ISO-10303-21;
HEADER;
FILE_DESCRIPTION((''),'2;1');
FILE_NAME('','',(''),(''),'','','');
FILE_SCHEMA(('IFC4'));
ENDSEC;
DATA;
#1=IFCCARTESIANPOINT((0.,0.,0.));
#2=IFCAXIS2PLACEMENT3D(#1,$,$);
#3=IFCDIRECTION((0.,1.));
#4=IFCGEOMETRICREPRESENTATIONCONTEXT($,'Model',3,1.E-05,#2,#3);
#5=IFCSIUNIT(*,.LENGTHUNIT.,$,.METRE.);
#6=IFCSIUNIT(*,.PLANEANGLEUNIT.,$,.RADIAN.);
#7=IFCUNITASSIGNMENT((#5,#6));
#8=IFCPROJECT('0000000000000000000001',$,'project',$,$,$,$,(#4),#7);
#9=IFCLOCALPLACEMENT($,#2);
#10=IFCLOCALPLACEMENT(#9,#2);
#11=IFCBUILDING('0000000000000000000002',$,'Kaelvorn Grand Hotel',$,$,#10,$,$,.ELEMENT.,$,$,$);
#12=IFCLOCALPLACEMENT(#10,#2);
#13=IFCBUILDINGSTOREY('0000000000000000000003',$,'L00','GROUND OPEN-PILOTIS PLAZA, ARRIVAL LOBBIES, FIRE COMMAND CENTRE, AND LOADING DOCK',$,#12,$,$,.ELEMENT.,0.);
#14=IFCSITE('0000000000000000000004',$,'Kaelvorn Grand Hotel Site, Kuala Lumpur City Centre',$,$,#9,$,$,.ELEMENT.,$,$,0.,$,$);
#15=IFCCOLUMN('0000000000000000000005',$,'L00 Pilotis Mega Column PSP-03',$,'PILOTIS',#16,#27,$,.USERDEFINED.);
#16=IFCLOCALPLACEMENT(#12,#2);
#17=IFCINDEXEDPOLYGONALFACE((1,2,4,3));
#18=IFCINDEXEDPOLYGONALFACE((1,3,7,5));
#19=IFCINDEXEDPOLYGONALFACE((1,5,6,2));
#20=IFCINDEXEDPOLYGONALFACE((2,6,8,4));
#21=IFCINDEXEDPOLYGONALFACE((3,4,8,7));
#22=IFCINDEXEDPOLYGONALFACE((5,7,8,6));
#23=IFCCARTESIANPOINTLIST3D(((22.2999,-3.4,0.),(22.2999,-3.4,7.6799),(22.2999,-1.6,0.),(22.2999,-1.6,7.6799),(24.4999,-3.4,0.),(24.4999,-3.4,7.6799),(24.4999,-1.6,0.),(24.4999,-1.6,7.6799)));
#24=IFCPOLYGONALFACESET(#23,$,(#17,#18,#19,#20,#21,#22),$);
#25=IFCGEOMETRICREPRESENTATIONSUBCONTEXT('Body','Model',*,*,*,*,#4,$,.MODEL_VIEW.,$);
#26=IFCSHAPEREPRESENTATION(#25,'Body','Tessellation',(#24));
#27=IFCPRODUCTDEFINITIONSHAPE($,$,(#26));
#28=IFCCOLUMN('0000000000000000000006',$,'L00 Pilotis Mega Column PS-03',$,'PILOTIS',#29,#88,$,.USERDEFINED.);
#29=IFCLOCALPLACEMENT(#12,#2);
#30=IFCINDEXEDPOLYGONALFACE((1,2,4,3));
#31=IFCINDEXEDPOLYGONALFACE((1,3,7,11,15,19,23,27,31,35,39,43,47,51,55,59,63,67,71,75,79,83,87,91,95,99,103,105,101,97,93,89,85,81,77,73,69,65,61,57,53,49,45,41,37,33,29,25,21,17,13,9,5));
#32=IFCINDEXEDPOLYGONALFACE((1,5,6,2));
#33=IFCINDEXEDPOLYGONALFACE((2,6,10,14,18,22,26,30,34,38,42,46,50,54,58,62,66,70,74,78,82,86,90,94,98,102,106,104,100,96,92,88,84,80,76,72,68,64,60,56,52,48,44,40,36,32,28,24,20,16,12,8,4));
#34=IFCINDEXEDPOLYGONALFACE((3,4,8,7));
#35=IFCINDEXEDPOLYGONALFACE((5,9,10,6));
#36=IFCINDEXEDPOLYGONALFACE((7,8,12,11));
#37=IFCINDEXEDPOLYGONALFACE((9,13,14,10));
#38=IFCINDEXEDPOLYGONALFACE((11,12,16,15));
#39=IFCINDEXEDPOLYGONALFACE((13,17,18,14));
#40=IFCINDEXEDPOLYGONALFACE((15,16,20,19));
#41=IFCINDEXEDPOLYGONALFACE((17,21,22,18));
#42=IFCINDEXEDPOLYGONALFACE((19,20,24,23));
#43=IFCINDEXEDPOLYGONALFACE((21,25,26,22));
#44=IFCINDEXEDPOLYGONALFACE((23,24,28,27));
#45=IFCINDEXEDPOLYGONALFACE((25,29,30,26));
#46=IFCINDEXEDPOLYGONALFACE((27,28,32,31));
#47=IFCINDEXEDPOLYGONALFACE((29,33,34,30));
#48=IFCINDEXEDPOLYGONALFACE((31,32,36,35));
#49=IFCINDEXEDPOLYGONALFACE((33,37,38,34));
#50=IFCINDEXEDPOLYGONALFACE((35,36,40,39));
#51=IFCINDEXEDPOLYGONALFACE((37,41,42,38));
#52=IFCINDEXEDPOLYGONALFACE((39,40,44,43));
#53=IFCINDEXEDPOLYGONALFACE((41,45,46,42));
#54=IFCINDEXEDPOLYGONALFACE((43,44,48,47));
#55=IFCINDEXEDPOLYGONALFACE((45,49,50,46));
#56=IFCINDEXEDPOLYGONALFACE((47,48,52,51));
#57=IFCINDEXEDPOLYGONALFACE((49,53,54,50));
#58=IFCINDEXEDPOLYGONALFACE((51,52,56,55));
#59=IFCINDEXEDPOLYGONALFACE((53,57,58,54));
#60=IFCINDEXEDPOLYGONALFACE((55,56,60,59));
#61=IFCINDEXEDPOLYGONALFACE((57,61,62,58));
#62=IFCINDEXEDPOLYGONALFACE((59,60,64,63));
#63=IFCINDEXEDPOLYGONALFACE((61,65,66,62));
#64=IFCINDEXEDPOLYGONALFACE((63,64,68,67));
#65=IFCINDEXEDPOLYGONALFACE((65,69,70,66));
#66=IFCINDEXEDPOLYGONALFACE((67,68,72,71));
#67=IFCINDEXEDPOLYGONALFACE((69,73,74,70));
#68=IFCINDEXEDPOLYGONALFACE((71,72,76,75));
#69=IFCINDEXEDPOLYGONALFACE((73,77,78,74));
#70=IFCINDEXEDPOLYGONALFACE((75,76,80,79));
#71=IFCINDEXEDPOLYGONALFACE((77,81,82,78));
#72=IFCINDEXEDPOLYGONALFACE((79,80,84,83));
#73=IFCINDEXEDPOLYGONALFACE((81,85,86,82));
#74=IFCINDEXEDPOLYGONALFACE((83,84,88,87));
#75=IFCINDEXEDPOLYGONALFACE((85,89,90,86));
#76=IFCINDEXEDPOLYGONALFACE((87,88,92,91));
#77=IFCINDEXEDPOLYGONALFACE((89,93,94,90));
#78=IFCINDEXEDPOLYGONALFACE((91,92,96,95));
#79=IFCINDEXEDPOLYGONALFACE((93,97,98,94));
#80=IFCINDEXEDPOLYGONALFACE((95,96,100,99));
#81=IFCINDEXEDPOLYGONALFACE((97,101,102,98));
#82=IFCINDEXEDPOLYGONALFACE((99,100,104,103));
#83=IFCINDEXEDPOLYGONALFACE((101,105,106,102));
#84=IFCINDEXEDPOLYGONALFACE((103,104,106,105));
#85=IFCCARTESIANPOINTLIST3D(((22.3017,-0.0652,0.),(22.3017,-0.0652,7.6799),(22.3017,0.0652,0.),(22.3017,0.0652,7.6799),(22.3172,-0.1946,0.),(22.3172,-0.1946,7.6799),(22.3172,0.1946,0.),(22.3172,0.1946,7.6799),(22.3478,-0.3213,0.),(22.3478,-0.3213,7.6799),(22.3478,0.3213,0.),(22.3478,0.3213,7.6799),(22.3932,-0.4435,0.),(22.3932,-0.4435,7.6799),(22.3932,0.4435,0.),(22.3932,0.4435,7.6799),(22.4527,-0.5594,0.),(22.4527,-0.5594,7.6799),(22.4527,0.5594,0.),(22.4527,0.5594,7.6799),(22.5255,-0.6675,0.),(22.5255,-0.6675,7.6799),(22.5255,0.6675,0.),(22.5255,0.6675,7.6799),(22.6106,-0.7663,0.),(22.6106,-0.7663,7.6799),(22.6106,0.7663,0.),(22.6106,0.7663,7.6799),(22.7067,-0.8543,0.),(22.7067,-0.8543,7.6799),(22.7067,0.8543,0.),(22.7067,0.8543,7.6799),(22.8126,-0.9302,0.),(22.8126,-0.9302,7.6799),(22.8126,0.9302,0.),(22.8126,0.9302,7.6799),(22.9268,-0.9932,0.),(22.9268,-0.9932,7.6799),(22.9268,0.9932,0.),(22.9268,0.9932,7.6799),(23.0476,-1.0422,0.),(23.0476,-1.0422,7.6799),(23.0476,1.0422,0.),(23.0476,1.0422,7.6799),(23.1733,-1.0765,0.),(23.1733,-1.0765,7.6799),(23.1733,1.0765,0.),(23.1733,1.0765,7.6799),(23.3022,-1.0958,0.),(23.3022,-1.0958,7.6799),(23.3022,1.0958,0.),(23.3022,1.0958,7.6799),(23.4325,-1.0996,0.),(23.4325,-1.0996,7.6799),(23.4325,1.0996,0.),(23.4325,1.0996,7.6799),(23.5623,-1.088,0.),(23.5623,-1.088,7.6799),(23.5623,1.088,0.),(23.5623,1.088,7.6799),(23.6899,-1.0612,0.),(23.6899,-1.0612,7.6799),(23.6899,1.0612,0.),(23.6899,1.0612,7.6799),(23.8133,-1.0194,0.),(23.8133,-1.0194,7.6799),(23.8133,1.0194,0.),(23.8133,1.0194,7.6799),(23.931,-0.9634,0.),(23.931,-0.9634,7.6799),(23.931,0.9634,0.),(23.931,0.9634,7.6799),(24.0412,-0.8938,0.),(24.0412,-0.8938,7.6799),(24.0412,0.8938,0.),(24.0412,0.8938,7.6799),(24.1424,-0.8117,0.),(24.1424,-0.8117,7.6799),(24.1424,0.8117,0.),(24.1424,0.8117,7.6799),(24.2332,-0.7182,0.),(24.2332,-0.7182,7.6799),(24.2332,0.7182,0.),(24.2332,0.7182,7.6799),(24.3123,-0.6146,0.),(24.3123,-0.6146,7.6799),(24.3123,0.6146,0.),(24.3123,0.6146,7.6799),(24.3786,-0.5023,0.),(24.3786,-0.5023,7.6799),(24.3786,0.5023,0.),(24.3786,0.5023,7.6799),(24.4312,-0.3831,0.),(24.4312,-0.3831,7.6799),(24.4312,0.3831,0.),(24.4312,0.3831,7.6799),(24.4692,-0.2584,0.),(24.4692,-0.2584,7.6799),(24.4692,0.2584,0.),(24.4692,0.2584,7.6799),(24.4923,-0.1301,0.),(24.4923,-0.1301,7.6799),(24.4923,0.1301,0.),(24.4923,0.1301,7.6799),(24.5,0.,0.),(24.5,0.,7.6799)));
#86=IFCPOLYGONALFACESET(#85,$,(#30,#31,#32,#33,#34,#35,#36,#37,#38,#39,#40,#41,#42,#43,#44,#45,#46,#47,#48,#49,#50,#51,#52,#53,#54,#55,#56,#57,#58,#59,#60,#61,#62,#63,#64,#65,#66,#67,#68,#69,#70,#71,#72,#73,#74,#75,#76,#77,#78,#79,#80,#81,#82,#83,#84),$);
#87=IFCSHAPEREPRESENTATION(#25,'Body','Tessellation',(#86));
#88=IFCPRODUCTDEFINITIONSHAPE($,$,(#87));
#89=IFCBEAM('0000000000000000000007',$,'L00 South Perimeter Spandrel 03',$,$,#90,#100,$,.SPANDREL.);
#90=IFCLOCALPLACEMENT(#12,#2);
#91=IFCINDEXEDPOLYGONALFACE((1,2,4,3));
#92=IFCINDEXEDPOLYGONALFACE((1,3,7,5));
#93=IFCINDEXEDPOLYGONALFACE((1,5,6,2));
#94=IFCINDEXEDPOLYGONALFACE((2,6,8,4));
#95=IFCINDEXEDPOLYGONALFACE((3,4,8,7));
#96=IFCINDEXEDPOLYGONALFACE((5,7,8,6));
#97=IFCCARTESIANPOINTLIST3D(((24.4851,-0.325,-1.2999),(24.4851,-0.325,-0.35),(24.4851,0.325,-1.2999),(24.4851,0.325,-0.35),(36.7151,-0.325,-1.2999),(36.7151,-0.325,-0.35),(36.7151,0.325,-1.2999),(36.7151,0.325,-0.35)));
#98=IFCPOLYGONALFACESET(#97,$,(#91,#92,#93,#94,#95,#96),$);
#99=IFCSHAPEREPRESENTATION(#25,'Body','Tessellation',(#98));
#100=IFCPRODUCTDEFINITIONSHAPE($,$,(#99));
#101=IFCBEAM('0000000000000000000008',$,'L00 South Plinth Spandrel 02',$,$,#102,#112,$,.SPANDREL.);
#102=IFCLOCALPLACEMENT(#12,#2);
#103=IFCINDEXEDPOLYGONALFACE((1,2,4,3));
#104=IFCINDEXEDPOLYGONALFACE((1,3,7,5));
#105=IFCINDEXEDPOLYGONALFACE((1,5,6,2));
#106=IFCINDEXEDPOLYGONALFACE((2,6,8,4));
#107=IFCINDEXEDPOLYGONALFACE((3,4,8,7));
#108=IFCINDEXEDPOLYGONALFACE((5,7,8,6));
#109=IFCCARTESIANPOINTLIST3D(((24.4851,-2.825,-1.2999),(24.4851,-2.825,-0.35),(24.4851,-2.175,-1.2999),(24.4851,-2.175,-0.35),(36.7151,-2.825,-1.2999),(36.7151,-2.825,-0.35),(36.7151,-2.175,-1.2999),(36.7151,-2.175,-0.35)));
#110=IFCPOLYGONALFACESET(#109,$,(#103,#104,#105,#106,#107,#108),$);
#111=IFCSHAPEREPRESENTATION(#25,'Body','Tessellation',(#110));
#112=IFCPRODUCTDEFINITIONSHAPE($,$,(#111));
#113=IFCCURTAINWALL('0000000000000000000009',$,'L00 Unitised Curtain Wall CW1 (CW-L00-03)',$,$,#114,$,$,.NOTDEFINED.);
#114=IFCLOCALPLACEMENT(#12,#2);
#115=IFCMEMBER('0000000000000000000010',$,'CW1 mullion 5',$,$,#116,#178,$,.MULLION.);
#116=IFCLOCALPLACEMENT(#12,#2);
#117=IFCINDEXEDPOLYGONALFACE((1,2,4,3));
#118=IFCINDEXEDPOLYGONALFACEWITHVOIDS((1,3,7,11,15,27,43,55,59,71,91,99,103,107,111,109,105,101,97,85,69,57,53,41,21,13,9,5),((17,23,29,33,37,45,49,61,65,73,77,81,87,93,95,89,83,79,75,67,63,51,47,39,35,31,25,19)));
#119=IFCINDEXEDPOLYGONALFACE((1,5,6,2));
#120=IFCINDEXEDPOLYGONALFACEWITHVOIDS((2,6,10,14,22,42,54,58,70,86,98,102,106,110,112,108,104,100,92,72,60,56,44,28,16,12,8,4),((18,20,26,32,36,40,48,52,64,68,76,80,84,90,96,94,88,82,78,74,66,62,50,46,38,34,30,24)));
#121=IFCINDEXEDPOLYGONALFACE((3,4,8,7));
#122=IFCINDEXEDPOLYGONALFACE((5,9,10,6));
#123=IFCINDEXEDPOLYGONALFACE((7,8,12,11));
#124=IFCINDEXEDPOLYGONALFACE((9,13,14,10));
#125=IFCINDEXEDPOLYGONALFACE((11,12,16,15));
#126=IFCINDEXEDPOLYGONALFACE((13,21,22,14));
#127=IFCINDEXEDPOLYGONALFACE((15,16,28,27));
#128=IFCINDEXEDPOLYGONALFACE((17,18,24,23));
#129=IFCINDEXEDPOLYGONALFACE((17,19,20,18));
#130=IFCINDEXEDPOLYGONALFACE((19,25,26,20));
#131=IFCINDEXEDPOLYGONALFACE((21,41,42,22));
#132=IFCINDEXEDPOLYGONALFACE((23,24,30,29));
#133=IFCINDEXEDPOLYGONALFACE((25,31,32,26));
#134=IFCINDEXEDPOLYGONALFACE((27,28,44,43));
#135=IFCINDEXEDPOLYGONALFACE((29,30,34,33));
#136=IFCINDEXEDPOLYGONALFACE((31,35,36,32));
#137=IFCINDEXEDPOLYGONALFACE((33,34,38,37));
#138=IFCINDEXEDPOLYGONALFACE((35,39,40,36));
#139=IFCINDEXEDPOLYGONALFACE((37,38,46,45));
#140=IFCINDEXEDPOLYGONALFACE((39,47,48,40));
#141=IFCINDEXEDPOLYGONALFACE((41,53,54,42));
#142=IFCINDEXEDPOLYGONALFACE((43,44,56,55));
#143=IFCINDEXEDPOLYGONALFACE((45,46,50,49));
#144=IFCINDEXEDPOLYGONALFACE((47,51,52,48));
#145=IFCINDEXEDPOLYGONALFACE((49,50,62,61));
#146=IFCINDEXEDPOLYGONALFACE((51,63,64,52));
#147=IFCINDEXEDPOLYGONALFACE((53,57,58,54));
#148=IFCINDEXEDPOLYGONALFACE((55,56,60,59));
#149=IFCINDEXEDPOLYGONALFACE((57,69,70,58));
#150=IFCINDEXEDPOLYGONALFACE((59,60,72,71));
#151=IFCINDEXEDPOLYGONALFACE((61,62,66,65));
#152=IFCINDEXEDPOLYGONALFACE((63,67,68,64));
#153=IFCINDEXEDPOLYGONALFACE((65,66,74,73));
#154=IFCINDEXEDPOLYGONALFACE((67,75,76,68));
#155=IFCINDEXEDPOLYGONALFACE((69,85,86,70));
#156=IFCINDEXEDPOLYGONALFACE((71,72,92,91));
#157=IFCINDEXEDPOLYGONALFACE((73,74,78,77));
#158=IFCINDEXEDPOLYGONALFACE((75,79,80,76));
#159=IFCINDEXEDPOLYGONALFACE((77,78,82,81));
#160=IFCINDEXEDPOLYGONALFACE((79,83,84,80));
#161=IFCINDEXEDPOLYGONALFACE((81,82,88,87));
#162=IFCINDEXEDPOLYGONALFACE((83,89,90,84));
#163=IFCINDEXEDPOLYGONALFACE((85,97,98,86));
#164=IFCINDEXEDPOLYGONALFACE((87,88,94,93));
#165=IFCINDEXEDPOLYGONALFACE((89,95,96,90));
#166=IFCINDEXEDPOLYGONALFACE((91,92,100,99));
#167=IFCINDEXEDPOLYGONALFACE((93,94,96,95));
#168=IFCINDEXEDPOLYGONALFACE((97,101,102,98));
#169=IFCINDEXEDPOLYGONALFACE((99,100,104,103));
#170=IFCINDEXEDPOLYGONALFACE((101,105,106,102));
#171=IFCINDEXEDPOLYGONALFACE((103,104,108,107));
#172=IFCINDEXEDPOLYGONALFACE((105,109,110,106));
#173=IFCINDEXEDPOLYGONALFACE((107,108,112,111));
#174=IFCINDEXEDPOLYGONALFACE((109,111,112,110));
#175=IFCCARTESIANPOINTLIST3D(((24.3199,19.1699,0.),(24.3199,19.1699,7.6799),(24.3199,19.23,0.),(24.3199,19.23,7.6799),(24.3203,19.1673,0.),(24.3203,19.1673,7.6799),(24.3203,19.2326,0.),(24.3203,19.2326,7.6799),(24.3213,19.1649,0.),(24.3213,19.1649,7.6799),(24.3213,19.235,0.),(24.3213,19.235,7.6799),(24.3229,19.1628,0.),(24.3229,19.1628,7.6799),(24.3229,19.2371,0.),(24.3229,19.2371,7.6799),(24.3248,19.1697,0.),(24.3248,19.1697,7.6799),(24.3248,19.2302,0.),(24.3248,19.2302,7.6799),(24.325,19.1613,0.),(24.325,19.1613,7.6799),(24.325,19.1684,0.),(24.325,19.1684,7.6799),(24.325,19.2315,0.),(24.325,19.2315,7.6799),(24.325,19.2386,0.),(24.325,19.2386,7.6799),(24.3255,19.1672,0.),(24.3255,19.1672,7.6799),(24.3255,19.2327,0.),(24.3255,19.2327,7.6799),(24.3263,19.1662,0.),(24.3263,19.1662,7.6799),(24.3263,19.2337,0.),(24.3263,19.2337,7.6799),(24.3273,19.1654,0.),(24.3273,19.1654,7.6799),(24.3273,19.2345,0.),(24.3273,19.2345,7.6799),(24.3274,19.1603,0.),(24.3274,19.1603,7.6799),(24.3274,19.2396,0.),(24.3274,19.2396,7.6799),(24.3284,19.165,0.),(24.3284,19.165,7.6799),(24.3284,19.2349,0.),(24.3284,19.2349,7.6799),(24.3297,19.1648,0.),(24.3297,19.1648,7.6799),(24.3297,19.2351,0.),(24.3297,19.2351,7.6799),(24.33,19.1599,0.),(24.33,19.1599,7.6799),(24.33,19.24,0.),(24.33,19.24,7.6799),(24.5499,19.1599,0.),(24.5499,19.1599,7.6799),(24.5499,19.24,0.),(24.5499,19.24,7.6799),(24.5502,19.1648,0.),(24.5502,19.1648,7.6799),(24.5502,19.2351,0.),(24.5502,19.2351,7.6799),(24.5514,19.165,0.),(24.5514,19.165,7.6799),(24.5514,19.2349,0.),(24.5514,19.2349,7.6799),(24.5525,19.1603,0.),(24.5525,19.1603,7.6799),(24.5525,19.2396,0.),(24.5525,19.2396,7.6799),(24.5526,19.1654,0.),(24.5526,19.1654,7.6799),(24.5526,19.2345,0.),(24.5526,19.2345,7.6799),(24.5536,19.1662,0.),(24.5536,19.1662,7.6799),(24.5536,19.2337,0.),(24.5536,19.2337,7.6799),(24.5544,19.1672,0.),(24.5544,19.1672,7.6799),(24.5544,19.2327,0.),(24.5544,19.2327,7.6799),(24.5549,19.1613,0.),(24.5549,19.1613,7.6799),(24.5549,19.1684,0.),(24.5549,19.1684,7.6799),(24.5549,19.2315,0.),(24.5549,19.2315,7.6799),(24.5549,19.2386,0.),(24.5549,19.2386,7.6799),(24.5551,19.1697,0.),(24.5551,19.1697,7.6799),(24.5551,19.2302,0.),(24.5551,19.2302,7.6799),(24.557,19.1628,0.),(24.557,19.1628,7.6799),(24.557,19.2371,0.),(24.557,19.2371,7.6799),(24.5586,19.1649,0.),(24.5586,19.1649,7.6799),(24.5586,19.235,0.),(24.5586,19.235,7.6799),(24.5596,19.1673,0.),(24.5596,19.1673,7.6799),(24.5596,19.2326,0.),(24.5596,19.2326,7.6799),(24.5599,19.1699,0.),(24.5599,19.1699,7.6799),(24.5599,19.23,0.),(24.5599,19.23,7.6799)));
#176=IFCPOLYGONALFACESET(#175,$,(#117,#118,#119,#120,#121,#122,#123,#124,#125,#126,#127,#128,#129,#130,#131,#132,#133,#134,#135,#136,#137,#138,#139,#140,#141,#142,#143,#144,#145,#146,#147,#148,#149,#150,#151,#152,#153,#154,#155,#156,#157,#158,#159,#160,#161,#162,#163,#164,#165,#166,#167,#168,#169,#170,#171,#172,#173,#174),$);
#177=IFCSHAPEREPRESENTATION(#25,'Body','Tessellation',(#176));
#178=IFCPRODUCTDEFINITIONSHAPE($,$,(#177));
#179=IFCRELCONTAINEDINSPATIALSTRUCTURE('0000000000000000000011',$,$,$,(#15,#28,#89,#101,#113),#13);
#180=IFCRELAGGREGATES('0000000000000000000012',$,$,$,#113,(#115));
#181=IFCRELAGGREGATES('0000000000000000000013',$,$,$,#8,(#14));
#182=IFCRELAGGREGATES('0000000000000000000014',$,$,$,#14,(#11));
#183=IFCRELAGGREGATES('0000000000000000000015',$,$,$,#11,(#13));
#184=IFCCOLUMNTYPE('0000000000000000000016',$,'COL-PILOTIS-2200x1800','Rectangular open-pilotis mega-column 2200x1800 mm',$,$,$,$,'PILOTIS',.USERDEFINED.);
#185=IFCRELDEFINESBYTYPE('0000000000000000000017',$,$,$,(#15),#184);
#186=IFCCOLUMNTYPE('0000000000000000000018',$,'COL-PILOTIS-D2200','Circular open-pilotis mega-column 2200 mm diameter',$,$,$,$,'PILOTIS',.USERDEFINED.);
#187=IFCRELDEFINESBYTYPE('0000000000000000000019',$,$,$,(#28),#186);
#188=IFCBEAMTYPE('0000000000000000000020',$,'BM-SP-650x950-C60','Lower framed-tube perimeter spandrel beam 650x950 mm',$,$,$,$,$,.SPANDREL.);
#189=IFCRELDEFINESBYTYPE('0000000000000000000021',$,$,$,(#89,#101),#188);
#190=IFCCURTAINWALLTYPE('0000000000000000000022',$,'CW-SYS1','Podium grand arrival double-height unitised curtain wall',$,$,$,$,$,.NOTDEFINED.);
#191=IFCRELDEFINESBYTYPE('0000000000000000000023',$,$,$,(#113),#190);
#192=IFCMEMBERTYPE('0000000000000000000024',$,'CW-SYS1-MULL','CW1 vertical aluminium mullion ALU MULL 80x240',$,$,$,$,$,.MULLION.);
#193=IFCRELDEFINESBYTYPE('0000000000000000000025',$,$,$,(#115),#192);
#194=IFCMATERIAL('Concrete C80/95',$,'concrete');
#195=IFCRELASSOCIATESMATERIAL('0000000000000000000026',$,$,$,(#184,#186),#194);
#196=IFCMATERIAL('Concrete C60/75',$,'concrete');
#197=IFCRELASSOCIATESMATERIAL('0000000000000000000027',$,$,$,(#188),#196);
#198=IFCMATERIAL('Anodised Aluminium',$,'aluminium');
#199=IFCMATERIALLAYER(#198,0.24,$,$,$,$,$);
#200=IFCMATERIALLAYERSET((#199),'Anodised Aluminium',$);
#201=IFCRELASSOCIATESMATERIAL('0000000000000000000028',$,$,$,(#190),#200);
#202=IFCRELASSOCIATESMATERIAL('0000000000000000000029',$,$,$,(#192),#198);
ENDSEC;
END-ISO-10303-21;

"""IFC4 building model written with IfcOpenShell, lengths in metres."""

from ifc_helpers import new_model, si_unit, direction, frame, origin, origin_2d, place, context, subcontext, project, spatial, rectangle, hollow_rectangle, circle, extrude, material, layer, layer_set, material_profile, profile_set, type_object, element, aggregate, save


model = new_model("IFC4")

# Units and contexts
model_context = context("Model", 3, precision=1e-05, world=origin(), true_north=direction((0.0, 1.0)))
body_context = subcontext(model_context, "Body", "Model", "MODEL_VIEW")
ifc_project = project(units=[si_unit("LENGTHUNIT", "METRE"), si_unit("PLANEANGLEUNIT", "RADIAN")], contexts=[model_context])

# Site, building, storey
site_placement = place(None, origin())
site = spatial("IfcSite", under=ifc_project, at=site_placement, Name="Kaelvorn Grand Hotel Site, Kuala Lumpur City Centre", CompositionType="ELEMENT", RefElevation=0.0)
building_placement = place(site_placement, origin())
building = spatial("IfcBuilding", under=site, at=building_placement, Name="Kaelvorn Grand Hotel", CompositionType="ELEMENT")
storey_placement = place(building_placement, origin())
storey = spatial("IfcBuildingStorey", under=building, at=storey_placement, Name="L00", Description="GROUND OPEN-PILOTIS PLAZA, ARRIVAL LOBBIES, FIRE COMMAND CENTRE, AND LOADING DOCK", CompositionType="ELEMENT", Elevation=0.0)

# Columns
ifc_material_1 = material(Name="Concrete C80/95", Category="concrete")
ifc_material_profile_1 = material_profile(ifc_material_1, rectangle(XDim=2.2, YDim=1.8, at=origin_2d()), Name="PILOTIS 2200x1800")
ifc_profile_set_1 = profile_set([ifc_material_profile_1], Name="Concrete C80/95")
column_type_1 = type_object("IfcColumnType", Name="COL-PILOTIS-2200x1800", Description="Rectangular open-pilotis mega-column 2200x1800 mm", ElementType="PILOTIS", PredefinedType="USERDEFINED", material=ifc_profile_set_1)
column_1_placement = place(storey_placement, frame((23.3999, -2.5, 0.0), z_axis=(0.0, 0.0, 1.0), x_axis=(1.0, 0.0, 0.0)))
element("IfcColumn", 1, at=column_1_placement, inside=storey, type_object=column_type_1, Name="L00 Pilotis Mega Column PSP-03", ObjectType="PILOTIS", PredefinedType="USERDEFINED", context=body_context, shape_type="SweptSolid", body=[
    extrude(rectangle(XDim=2.2, YDim=1.8, at=origin_2d()), origin(), (0.0, 0.0, 1.0), 7.6799),
])
ifc_material_profile_2 = material_profile(ifc_material_1, circle(Radius=1.1001, at=origin_2d()), Name="PILOTIS D2200")
ifc_profile_set_2 = profile_set([ifc_material_profile_2], Name="Concrete C80/95")
column_type_2 = type_object("IfcColumnType", Name="COL-PILOTIS-D2200", Description="Circular open-pilotis mega-column 2200 mm diameter", ElementType="PILOTIS", PredefinedType="USERDEFINED", material=ifc_profile_set_2)
column_2_placement = place(storey_placement, frame((23.3999, 0.0, 0.0), z_axis=(0.0, 0.0, 1.0), x_axis=(1.0, 0.0, 0.0)))
element("IfcColumn", 2, at=column_2_placement, inside=storey, type_object=column_type_2, Name="L00 Pilotis Mega Column PS-03", ObjectType="PILOTIS", PredefinedType="USERDEFINED", context=body_context, shape_type="SweptSolid", body=[
    extrude(circle(Radius=1.1001, at=origin_2d()), origin(), (0.0, 0.0, 1.0), 7.6799),
])

# Beams
ifc_material_2 = material(Name="Concrete C60/75", Category="concrete")
ifc_material_profile_3 = material_profile(ifc_material_2, rectangle(XDim=0.6499, YDim=0.95, at=origin_2d()), Name="RC SPANDREL 650x950")
ifc_profile_set_3 = profile_set([ifc_material_profile_3], Name="Concrete C60/75")
beam_type = type_object("IfcBeamType", Name="BM-SP-650x950-C60", Description="Lower framed-tube perimeter spandrel beam 650x950 mm", PredefinedType="SPANDREL", material=ifc_profile_set_3)
for number, where, z_axis, x_axis, name in (
    (3, (24.4851, 0.0, -0.825), (1.0, 0.0, 0.0), (0.0, 1.0, 0.0), "L00 South Perimeter Spandrel 03"),
    (4, (24.4851, -2.5, -0.825), (1.0, 0.0, 0.0), (0.0, 1.0, 0.0), "L00 South Plinth Spandrel 02"),
):
    element("IfcBeam", number, at=place(storey_placement, frame(where, z_axis=z_axis, x_axis=x_axis)), inside=storey, type_object=beam_type, Name=name, PredefinedType="SPANDREL", context=body_context, shape_type="SweptSolid", body=[
        extrude(rectangle(XDim=0.6499, YDim=0.95, at=origin_2d()), origin(), (0.0, 0.0, 1.0), 12.23),
    ])

# Curtain wall, member
ifc_material_3 = material(Name="Anodised Aluminium", Category="aluminium")
ifc_layer_1 = layer(ifc_material_3, 0.24)
ifc_layer_set_1 = layer_set([ifc_layer_1], Name="Anodised Aluminium")
curtain_wall_type = type_object("IfcCurtainWallType", Name="CW-SYS1", Description="Podium grand arrival double-height unitised curtain wall", PredefinedType="NOTDEFINED", material=ifc_layer_set_1)
curtain_wall_1_placement = place(storey_placement, origin())
curtain_wall_1 = element("IfcCurtainWall", 5, at=curtain_wall_1_placement, inside=storey, type_object=curtain_wall_type, Name="L00 Unitised Curtain Wall CW1 (CW-L00-03)", PredefinedType="NOTDEFINED")
ifc_material_profile_4 = material_profile(ifc_material_3, hollow_rectangle(XDim=0.0801, YDim=0.24, WallThickness=0.0049, InnerFilletRadius=0.0049, OuterFilletRadius=0.01, at=origin_2d()), Name="ALU MULL 80x240")
ifc_profile_set_4 = profile_set([ifc_material_profile_4], Name="Anodised Aluminium")
member_type_1 = type_object("IfcMemberType", Name="CW-SYS1-MULL", Description="CW1 vertical aluminium mullion ALU MULL 80x240", PredefinedType="MULLION", material=ifc_profile_set_4)
member_1_placement = place(storey_placement, frame((24.4399, 19.2, 0.0), z_axis=(0.0, 0.0, 1.0), x_axis=(0.0, -1.0, 0.0)))
member_1 = element("IfcMember", 6, at=member_1_placement, type_object=member_type_1, Name="CW1 mullion 5", PredefinedType="MULLION", context=body_context, shape_type="SweptSolid", body=[
    extrude(hollow_rectangle(XDim=0.0801, YDim=0.24, WallThickness=0.0049, InnerFilletRadius=0.0049, OuterFilletRadius=0.01, at=origin_2d()), origin(), (0.0, 0.0, 1.0), 7.6799),
])

aggregate(curtain_wall_1, [member_1])

save(model, "model.ifc")
